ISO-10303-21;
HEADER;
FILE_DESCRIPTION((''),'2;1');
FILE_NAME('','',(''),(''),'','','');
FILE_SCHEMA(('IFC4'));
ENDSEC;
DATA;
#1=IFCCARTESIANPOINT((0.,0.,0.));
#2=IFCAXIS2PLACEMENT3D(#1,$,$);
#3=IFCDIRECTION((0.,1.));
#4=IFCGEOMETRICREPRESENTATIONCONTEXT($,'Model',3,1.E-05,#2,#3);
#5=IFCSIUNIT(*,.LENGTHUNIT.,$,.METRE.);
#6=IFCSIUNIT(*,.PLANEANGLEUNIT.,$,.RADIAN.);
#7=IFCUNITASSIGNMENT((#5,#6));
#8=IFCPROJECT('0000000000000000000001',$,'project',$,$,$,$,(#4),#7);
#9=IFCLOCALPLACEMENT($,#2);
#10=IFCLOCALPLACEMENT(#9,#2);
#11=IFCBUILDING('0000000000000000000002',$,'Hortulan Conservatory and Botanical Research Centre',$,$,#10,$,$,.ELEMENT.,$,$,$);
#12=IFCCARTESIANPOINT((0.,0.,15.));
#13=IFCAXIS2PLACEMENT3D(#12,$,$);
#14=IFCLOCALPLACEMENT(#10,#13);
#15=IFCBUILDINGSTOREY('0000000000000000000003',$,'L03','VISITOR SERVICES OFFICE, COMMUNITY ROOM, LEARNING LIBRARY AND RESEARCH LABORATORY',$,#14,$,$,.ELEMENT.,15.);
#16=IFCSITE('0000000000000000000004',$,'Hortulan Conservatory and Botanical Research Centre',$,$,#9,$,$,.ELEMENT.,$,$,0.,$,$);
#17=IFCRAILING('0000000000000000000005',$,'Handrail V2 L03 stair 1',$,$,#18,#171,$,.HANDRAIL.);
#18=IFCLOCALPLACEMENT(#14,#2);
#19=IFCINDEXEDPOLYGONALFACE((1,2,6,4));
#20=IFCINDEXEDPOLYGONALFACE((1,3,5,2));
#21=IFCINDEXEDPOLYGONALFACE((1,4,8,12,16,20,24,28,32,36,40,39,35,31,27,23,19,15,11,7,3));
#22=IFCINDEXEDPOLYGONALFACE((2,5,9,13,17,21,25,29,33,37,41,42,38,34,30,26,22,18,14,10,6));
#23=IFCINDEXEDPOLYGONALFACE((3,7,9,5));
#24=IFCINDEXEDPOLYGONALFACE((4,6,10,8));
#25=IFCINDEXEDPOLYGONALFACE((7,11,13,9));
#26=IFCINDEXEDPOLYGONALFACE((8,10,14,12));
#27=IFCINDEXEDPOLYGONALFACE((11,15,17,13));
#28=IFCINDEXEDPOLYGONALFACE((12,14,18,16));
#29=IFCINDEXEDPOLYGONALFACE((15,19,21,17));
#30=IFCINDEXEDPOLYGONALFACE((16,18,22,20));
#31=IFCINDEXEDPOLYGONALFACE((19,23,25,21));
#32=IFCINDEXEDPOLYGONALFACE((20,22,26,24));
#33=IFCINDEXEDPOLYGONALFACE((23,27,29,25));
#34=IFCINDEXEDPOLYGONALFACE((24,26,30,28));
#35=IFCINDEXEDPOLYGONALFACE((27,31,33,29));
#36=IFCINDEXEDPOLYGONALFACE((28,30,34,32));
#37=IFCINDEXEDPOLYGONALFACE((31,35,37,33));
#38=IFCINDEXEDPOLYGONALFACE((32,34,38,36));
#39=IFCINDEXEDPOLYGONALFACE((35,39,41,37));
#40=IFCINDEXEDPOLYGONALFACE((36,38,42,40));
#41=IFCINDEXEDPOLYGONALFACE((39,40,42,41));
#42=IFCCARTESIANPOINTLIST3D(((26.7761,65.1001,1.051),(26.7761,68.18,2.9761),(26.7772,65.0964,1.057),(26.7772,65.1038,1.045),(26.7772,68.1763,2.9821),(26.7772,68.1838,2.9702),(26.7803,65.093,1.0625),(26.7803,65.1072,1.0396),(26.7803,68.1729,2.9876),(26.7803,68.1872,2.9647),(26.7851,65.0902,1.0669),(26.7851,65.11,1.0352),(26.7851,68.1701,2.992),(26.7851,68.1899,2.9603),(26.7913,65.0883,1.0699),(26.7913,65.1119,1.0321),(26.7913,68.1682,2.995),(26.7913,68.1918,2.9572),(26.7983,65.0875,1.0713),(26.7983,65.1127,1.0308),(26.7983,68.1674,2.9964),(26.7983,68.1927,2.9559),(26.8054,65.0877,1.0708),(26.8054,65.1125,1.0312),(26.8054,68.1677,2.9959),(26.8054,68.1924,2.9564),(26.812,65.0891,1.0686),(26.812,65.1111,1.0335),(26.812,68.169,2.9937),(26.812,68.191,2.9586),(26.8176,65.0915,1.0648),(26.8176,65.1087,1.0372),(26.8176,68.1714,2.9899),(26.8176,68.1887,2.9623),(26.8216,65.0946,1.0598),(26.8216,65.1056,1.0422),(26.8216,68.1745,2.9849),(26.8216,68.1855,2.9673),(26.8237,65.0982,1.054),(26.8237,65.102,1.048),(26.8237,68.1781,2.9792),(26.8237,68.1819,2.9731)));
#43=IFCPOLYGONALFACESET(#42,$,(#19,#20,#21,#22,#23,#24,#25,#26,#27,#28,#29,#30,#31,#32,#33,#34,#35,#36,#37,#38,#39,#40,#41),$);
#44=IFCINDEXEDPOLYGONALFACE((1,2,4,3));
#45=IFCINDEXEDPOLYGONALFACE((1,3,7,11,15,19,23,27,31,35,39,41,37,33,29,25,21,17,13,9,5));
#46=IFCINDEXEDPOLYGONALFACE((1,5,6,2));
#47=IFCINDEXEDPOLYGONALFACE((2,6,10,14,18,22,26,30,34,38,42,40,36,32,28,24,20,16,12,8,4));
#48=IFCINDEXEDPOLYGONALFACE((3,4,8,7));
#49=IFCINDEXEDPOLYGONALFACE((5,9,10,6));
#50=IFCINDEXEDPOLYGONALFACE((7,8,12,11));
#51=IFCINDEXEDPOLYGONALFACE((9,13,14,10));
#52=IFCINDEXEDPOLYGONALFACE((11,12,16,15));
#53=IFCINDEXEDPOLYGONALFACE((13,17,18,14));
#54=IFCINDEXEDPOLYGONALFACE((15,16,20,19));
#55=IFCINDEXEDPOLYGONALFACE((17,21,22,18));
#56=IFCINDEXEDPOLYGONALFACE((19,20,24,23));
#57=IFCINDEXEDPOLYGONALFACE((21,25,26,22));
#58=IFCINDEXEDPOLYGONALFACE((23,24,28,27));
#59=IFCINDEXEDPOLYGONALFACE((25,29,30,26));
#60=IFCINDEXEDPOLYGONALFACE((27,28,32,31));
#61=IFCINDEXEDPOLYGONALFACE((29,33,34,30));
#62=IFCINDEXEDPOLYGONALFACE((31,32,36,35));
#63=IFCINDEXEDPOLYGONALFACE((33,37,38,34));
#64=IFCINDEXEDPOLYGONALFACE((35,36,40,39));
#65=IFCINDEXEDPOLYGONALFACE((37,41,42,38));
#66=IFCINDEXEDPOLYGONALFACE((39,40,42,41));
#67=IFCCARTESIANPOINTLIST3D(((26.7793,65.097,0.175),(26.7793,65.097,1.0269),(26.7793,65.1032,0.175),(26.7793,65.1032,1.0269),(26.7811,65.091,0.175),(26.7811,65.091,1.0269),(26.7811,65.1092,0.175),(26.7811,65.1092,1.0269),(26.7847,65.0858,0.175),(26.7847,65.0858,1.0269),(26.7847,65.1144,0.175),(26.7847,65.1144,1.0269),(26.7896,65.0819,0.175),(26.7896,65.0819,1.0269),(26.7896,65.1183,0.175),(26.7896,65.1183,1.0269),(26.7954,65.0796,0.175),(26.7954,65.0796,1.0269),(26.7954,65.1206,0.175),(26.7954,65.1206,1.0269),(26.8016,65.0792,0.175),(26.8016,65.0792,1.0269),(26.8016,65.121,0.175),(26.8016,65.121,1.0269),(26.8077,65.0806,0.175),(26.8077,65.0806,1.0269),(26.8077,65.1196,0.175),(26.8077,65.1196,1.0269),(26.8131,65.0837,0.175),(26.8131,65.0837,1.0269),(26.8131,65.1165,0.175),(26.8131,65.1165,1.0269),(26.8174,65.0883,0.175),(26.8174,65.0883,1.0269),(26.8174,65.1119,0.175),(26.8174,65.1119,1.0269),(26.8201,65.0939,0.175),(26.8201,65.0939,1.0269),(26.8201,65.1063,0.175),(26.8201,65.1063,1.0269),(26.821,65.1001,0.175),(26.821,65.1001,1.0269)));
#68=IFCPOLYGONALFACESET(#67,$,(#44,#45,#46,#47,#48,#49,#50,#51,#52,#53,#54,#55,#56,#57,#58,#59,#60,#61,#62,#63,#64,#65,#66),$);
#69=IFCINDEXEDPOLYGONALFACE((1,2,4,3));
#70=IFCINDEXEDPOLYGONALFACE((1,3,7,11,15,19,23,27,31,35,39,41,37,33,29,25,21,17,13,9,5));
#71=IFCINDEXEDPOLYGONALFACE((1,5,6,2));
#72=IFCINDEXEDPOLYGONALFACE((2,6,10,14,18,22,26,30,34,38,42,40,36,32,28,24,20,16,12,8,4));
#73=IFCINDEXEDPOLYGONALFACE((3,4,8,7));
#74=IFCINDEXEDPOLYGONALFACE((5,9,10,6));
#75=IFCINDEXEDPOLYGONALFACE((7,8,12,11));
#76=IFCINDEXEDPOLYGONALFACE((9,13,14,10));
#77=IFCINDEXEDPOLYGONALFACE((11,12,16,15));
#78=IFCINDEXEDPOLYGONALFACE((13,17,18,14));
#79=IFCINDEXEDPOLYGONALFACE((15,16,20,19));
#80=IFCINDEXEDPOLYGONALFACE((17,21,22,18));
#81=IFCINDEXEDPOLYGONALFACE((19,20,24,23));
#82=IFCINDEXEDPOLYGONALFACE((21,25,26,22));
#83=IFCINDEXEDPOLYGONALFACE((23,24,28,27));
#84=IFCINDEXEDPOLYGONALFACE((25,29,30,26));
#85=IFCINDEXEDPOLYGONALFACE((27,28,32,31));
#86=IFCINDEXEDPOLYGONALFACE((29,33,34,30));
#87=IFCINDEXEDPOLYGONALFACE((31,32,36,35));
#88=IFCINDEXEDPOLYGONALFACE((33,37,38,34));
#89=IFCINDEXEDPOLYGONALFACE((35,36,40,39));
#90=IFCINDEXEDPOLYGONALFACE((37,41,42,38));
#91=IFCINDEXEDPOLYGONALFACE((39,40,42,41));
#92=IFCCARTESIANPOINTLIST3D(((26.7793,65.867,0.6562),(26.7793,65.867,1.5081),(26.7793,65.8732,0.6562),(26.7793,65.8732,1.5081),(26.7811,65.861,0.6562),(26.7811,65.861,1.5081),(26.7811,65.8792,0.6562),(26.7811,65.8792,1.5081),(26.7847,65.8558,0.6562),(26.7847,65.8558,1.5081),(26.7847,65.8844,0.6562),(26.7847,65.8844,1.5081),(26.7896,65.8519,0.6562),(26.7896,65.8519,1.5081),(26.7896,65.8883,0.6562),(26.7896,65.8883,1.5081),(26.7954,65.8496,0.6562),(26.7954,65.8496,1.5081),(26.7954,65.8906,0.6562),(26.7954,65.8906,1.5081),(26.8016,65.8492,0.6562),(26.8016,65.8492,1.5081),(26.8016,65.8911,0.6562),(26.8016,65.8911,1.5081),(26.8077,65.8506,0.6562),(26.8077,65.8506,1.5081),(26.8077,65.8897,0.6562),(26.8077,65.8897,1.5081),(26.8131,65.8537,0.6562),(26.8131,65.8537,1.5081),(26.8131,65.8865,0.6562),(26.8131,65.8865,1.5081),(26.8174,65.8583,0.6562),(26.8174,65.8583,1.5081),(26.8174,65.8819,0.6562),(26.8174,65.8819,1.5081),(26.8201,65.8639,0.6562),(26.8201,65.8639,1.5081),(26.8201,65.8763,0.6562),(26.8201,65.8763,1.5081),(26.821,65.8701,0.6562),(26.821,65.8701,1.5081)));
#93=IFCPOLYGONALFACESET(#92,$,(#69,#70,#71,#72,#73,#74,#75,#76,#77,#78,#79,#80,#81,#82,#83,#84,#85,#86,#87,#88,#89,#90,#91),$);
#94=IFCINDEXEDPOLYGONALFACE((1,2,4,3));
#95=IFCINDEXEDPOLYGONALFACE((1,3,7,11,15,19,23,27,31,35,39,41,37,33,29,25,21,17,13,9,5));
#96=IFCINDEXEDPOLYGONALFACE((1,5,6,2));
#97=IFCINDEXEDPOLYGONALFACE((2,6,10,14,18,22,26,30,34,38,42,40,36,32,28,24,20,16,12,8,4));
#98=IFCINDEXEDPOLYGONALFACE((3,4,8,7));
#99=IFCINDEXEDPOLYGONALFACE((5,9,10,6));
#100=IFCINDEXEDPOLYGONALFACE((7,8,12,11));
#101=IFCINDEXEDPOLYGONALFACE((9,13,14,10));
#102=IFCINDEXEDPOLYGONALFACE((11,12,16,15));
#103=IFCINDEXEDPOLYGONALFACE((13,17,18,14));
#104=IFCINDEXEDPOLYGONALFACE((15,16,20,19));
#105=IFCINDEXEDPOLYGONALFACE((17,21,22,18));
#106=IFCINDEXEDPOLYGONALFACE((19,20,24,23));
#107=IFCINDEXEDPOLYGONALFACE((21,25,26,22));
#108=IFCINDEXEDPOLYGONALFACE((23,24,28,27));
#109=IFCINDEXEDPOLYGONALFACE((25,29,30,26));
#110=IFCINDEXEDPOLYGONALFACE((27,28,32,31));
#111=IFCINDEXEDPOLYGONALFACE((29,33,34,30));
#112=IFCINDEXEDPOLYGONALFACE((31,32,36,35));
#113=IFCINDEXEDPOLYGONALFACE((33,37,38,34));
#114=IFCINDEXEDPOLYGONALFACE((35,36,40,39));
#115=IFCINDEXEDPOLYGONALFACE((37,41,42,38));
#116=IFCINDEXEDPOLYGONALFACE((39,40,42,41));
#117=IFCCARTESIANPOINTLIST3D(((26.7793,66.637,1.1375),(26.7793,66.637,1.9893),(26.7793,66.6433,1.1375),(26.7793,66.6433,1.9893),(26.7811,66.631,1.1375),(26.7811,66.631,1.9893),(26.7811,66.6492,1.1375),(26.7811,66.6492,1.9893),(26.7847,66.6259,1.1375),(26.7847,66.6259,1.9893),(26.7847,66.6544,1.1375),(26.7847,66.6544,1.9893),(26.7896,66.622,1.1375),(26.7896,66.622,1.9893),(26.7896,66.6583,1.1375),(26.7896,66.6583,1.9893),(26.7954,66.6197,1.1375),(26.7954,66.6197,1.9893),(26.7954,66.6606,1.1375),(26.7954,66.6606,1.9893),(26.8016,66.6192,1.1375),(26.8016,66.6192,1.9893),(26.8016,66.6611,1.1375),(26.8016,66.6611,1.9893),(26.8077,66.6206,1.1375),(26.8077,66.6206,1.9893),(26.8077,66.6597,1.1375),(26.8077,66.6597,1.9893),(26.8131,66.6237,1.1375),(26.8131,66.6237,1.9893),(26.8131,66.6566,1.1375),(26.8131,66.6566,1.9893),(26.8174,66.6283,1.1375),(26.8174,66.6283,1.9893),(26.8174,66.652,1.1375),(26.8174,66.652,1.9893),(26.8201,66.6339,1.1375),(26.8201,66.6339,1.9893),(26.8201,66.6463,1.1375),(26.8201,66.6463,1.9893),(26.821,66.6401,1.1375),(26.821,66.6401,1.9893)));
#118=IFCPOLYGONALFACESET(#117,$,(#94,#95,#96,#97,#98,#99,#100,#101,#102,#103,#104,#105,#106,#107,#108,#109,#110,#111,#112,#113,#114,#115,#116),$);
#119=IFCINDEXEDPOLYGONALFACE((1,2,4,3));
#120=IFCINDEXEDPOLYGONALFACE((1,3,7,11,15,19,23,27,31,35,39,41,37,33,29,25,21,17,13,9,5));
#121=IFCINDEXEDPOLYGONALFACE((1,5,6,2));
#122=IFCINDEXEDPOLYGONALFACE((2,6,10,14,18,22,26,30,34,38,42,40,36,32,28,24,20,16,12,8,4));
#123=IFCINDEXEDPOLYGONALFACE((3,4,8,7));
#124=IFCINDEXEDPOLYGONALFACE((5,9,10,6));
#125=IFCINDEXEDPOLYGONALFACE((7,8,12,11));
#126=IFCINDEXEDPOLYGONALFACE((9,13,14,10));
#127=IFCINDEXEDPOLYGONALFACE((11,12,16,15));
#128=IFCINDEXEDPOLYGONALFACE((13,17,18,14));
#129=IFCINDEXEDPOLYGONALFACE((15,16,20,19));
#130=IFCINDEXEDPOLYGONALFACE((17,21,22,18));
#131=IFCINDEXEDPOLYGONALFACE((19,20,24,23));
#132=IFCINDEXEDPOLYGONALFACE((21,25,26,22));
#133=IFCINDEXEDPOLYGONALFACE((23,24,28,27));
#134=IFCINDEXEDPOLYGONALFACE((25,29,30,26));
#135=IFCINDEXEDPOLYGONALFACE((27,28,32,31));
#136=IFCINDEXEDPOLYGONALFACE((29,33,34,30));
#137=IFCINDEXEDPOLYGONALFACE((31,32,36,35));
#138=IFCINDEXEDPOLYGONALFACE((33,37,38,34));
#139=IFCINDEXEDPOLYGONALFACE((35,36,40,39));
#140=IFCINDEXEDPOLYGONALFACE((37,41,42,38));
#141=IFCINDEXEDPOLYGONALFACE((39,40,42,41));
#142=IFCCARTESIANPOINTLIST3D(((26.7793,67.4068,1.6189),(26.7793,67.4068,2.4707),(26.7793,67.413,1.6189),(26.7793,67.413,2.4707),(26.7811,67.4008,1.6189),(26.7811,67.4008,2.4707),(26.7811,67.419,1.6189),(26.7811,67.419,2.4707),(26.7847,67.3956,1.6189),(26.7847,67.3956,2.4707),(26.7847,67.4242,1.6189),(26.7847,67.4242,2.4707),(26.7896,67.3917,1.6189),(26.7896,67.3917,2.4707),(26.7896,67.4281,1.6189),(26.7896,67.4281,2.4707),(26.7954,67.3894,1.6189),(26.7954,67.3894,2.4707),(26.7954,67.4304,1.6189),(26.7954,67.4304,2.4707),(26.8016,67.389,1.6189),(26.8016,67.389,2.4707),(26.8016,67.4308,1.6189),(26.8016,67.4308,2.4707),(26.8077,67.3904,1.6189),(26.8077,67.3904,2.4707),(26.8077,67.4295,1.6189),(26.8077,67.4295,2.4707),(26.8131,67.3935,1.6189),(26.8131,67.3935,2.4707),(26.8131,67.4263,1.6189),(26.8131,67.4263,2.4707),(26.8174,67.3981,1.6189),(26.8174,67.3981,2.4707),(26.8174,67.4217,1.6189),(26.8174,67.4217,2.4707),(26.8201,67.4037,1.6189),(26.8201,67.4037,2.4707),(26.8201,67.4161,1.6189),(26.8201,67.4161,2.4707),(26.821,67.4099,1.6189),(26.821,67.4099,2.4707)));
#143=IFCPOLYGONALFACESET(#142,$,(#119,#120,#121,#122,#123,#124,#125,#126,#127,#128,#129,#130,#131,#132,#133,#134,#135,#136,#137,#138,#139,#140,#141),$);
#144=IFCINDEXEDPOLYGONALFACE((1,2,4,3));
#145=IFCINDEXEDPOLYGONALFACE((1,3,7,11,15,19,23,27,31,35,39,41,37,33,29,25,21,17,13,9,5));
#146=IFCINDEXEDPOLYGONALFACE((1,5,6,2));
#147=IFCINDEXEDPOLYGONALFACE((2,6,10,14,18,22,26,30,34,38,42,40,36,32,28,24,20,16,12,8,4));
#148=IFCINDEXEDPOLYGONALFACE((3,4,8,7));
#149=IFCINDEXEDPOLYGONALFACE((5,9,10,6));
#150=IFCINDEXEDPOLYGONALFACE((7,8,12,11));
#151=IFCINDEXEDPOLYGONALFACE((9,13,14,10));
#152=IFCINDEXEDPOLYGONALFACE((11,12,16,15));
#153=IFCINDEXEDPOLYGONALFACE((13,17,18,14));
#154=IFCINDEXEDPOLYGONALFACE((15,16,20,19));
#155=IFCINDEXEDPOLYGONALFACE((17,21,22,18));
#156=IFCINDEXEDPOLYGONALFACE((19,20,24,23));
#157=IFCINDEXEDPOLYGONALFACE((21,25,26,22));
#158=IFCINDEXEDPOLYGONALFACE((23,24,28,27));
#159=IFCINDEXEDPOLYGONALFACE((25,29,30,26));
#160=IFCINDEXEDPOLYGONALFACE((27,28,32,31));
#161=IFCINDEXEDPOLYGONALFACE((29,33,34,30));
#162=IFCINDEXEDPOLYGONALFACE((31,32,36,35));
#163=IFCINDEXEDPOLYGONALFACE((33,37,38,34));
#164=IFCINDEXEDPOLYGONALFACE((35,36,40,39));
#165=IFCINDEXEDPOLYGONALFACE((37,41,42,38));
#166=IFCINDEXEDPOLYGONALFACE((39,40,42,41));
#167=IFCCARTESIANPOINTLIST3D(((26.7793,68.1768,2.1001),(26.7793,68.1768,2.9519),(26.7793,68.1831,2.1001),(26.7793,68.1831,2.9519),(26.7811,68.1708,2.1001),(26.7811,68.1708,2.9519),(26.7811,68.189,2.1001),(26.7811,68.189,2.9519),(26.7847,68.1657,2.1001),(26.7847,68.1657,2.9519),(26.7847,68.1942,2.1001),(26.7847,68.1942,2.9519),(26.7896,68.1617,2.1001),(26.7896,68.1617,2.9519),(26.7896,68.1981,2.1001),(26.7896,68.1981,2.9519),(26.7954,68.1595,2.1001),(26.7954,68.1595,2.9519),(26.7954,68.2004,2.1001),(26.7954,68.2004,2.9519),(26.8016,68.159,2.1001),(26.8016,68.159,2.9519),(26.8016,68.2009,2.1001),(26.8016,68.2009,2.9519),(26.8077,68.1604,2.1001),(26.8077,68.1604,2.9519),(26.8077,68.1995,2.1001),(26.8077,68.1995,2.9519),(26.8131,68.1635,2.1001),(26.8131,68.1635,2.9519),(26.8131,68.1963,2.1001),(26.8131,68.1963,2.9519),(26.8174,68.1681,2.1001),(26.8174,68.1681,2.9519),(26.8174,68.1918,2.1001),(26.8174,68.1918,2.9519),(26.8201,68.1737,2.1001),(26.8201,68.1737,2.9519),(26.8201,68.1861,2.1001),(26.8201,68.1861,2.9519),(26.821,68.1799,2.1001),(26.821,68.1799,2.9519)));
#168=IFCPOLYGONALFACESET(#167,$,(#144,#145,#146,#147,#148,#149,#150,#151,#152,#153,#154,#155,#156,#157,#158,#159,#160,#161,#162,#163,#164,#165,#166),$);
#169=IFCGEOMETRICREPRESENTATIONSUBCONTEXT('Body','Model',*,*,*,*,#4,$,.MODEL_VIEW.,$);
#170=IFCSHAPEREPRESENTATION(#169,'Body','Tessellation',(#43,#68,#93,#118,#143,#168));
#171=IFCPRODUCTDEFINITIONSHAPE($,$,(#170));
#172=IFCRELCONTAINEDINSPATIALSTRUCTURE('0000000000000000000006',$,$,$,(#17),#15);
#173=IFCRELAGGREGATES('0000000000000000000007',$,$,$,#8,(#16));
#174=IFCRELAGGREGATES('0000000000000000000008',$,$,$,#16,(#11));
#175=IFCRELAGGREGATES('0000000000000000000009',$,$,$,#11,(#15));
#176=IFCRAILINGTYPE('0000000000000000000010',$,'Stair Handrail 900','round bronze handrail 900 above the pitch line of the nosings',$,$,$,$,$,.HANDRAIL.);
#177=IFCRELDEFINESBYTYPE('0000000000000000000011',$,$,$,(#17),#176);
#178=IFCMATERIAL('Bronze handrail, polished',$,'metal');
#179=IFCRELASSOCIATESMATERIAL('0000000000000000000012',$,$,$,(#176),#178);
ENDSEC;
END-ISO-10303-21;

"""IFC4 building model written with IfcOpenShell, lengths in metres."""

from ifc_helpers import new_model, si_unit, direction, frame, origin, origin_2d, place, context, subcontext, project, spatial, circle, extrude, material, type_object, element, save


model = new_model("IFC4")

# Units and contexts
model_context = context("Model", 3, precision=1e-05, world=origin(), true_north=direction((0.0, 1.0)))
body_context = subcontext(model_context, "Body", "Model", "MODEL_VIEW")
ifc_project = project(units=[si_unit("LENGTHUNIT", "METRE"), si_unit("PLANEANGLEUNIT", "RADIAN")], contexts=[model_context])

# Site, building, storey
site_placement = place(None, origin())
site = spatial("IfcSite", under=ifc_project, at=site_placement, Name="Hortulan Conservatory and Botanical Research Centre", CompositionType="ELEMENT", RefElevation=0.0)
building_placement = place(site_placement, origin())
building = spatial("IfcBuilding", under=site, at=building_placement, Name="Hortulan Conservatory and Botanical Research Centre", CompositionType="ELEMENT")
storey_placement = place(building_placement, frame((0.0, 0.0, 15.0)))
storey = spatial("IfcBuildingStorey", under=building, at=storey_placement, Name="L03", Description="VISITOR SERVICES OFFICE, COMMUNITY ROOM, LEARNING LIBRARY AND RESEARCH LABORATORY", CompositionType="ELEMENT", Elevation=15.0)

# Railing
ifc_material_1 = material(Name="Bronze handrail, polished", Category="metal")
railing_type_1 = type_object("IfcRailingType", Name="Stair Handrail 900", Description="round bronze handrail 900 above the pitch line of the nosings", PredefinedType="HANDRAIL", material=ifc_material_1)
for number, where, name in (
    (1, (26.8, 65.1001, 0.175), "Handrail V2 L03 stair 1"),
):
    element("IfcRailing", number, at=place(storey_placement, frame(where)), inside=storey, type_object=railing_type_1, Name=name, PredefinedType="HANDRAIL", context=body_context, shape_type="SweptSolid", body=[
        extrude(circle(Radius=0.0239, at=origin_2d()), frame((0.0, 0.0, 0.876), z_axis=(0.0, 0.847979, 0.530029), x_axis=(-1.0, 0.0, 0.0)), (0.0, 0.0, 1.0), 3.6321),
        extrude(circle(Radius=0.021, at=origin_2d()), origin(), (0.0, 0.0, 1.0), 0.8518),
        extrude(circle(Radius=0.021, at=origin_2d()), frame((0.0, 0.77, 0.4812)), (0.0, 0.0, 1.0), 0.8518),
        extrude(circle(Radius=0.021, at=origin_2d()), frame((0.0, 1.54, 0.9624)), (0.0, 0.0, 1.0), 0.8518),
        extrude(circle(Radius=0.021, at=origin_2d()), frame((0.0, 2.3098, 1.4438)), (0.0, 0.0, 1.0), 0.8518),
        extrude(circle(Radius=0.021, at=origin_2d()), frame((0.0, 3.0798, 1.925)), (0.0, 0.0, 1.0), 0.8518),
    ])

save(model, "model.ifc")
